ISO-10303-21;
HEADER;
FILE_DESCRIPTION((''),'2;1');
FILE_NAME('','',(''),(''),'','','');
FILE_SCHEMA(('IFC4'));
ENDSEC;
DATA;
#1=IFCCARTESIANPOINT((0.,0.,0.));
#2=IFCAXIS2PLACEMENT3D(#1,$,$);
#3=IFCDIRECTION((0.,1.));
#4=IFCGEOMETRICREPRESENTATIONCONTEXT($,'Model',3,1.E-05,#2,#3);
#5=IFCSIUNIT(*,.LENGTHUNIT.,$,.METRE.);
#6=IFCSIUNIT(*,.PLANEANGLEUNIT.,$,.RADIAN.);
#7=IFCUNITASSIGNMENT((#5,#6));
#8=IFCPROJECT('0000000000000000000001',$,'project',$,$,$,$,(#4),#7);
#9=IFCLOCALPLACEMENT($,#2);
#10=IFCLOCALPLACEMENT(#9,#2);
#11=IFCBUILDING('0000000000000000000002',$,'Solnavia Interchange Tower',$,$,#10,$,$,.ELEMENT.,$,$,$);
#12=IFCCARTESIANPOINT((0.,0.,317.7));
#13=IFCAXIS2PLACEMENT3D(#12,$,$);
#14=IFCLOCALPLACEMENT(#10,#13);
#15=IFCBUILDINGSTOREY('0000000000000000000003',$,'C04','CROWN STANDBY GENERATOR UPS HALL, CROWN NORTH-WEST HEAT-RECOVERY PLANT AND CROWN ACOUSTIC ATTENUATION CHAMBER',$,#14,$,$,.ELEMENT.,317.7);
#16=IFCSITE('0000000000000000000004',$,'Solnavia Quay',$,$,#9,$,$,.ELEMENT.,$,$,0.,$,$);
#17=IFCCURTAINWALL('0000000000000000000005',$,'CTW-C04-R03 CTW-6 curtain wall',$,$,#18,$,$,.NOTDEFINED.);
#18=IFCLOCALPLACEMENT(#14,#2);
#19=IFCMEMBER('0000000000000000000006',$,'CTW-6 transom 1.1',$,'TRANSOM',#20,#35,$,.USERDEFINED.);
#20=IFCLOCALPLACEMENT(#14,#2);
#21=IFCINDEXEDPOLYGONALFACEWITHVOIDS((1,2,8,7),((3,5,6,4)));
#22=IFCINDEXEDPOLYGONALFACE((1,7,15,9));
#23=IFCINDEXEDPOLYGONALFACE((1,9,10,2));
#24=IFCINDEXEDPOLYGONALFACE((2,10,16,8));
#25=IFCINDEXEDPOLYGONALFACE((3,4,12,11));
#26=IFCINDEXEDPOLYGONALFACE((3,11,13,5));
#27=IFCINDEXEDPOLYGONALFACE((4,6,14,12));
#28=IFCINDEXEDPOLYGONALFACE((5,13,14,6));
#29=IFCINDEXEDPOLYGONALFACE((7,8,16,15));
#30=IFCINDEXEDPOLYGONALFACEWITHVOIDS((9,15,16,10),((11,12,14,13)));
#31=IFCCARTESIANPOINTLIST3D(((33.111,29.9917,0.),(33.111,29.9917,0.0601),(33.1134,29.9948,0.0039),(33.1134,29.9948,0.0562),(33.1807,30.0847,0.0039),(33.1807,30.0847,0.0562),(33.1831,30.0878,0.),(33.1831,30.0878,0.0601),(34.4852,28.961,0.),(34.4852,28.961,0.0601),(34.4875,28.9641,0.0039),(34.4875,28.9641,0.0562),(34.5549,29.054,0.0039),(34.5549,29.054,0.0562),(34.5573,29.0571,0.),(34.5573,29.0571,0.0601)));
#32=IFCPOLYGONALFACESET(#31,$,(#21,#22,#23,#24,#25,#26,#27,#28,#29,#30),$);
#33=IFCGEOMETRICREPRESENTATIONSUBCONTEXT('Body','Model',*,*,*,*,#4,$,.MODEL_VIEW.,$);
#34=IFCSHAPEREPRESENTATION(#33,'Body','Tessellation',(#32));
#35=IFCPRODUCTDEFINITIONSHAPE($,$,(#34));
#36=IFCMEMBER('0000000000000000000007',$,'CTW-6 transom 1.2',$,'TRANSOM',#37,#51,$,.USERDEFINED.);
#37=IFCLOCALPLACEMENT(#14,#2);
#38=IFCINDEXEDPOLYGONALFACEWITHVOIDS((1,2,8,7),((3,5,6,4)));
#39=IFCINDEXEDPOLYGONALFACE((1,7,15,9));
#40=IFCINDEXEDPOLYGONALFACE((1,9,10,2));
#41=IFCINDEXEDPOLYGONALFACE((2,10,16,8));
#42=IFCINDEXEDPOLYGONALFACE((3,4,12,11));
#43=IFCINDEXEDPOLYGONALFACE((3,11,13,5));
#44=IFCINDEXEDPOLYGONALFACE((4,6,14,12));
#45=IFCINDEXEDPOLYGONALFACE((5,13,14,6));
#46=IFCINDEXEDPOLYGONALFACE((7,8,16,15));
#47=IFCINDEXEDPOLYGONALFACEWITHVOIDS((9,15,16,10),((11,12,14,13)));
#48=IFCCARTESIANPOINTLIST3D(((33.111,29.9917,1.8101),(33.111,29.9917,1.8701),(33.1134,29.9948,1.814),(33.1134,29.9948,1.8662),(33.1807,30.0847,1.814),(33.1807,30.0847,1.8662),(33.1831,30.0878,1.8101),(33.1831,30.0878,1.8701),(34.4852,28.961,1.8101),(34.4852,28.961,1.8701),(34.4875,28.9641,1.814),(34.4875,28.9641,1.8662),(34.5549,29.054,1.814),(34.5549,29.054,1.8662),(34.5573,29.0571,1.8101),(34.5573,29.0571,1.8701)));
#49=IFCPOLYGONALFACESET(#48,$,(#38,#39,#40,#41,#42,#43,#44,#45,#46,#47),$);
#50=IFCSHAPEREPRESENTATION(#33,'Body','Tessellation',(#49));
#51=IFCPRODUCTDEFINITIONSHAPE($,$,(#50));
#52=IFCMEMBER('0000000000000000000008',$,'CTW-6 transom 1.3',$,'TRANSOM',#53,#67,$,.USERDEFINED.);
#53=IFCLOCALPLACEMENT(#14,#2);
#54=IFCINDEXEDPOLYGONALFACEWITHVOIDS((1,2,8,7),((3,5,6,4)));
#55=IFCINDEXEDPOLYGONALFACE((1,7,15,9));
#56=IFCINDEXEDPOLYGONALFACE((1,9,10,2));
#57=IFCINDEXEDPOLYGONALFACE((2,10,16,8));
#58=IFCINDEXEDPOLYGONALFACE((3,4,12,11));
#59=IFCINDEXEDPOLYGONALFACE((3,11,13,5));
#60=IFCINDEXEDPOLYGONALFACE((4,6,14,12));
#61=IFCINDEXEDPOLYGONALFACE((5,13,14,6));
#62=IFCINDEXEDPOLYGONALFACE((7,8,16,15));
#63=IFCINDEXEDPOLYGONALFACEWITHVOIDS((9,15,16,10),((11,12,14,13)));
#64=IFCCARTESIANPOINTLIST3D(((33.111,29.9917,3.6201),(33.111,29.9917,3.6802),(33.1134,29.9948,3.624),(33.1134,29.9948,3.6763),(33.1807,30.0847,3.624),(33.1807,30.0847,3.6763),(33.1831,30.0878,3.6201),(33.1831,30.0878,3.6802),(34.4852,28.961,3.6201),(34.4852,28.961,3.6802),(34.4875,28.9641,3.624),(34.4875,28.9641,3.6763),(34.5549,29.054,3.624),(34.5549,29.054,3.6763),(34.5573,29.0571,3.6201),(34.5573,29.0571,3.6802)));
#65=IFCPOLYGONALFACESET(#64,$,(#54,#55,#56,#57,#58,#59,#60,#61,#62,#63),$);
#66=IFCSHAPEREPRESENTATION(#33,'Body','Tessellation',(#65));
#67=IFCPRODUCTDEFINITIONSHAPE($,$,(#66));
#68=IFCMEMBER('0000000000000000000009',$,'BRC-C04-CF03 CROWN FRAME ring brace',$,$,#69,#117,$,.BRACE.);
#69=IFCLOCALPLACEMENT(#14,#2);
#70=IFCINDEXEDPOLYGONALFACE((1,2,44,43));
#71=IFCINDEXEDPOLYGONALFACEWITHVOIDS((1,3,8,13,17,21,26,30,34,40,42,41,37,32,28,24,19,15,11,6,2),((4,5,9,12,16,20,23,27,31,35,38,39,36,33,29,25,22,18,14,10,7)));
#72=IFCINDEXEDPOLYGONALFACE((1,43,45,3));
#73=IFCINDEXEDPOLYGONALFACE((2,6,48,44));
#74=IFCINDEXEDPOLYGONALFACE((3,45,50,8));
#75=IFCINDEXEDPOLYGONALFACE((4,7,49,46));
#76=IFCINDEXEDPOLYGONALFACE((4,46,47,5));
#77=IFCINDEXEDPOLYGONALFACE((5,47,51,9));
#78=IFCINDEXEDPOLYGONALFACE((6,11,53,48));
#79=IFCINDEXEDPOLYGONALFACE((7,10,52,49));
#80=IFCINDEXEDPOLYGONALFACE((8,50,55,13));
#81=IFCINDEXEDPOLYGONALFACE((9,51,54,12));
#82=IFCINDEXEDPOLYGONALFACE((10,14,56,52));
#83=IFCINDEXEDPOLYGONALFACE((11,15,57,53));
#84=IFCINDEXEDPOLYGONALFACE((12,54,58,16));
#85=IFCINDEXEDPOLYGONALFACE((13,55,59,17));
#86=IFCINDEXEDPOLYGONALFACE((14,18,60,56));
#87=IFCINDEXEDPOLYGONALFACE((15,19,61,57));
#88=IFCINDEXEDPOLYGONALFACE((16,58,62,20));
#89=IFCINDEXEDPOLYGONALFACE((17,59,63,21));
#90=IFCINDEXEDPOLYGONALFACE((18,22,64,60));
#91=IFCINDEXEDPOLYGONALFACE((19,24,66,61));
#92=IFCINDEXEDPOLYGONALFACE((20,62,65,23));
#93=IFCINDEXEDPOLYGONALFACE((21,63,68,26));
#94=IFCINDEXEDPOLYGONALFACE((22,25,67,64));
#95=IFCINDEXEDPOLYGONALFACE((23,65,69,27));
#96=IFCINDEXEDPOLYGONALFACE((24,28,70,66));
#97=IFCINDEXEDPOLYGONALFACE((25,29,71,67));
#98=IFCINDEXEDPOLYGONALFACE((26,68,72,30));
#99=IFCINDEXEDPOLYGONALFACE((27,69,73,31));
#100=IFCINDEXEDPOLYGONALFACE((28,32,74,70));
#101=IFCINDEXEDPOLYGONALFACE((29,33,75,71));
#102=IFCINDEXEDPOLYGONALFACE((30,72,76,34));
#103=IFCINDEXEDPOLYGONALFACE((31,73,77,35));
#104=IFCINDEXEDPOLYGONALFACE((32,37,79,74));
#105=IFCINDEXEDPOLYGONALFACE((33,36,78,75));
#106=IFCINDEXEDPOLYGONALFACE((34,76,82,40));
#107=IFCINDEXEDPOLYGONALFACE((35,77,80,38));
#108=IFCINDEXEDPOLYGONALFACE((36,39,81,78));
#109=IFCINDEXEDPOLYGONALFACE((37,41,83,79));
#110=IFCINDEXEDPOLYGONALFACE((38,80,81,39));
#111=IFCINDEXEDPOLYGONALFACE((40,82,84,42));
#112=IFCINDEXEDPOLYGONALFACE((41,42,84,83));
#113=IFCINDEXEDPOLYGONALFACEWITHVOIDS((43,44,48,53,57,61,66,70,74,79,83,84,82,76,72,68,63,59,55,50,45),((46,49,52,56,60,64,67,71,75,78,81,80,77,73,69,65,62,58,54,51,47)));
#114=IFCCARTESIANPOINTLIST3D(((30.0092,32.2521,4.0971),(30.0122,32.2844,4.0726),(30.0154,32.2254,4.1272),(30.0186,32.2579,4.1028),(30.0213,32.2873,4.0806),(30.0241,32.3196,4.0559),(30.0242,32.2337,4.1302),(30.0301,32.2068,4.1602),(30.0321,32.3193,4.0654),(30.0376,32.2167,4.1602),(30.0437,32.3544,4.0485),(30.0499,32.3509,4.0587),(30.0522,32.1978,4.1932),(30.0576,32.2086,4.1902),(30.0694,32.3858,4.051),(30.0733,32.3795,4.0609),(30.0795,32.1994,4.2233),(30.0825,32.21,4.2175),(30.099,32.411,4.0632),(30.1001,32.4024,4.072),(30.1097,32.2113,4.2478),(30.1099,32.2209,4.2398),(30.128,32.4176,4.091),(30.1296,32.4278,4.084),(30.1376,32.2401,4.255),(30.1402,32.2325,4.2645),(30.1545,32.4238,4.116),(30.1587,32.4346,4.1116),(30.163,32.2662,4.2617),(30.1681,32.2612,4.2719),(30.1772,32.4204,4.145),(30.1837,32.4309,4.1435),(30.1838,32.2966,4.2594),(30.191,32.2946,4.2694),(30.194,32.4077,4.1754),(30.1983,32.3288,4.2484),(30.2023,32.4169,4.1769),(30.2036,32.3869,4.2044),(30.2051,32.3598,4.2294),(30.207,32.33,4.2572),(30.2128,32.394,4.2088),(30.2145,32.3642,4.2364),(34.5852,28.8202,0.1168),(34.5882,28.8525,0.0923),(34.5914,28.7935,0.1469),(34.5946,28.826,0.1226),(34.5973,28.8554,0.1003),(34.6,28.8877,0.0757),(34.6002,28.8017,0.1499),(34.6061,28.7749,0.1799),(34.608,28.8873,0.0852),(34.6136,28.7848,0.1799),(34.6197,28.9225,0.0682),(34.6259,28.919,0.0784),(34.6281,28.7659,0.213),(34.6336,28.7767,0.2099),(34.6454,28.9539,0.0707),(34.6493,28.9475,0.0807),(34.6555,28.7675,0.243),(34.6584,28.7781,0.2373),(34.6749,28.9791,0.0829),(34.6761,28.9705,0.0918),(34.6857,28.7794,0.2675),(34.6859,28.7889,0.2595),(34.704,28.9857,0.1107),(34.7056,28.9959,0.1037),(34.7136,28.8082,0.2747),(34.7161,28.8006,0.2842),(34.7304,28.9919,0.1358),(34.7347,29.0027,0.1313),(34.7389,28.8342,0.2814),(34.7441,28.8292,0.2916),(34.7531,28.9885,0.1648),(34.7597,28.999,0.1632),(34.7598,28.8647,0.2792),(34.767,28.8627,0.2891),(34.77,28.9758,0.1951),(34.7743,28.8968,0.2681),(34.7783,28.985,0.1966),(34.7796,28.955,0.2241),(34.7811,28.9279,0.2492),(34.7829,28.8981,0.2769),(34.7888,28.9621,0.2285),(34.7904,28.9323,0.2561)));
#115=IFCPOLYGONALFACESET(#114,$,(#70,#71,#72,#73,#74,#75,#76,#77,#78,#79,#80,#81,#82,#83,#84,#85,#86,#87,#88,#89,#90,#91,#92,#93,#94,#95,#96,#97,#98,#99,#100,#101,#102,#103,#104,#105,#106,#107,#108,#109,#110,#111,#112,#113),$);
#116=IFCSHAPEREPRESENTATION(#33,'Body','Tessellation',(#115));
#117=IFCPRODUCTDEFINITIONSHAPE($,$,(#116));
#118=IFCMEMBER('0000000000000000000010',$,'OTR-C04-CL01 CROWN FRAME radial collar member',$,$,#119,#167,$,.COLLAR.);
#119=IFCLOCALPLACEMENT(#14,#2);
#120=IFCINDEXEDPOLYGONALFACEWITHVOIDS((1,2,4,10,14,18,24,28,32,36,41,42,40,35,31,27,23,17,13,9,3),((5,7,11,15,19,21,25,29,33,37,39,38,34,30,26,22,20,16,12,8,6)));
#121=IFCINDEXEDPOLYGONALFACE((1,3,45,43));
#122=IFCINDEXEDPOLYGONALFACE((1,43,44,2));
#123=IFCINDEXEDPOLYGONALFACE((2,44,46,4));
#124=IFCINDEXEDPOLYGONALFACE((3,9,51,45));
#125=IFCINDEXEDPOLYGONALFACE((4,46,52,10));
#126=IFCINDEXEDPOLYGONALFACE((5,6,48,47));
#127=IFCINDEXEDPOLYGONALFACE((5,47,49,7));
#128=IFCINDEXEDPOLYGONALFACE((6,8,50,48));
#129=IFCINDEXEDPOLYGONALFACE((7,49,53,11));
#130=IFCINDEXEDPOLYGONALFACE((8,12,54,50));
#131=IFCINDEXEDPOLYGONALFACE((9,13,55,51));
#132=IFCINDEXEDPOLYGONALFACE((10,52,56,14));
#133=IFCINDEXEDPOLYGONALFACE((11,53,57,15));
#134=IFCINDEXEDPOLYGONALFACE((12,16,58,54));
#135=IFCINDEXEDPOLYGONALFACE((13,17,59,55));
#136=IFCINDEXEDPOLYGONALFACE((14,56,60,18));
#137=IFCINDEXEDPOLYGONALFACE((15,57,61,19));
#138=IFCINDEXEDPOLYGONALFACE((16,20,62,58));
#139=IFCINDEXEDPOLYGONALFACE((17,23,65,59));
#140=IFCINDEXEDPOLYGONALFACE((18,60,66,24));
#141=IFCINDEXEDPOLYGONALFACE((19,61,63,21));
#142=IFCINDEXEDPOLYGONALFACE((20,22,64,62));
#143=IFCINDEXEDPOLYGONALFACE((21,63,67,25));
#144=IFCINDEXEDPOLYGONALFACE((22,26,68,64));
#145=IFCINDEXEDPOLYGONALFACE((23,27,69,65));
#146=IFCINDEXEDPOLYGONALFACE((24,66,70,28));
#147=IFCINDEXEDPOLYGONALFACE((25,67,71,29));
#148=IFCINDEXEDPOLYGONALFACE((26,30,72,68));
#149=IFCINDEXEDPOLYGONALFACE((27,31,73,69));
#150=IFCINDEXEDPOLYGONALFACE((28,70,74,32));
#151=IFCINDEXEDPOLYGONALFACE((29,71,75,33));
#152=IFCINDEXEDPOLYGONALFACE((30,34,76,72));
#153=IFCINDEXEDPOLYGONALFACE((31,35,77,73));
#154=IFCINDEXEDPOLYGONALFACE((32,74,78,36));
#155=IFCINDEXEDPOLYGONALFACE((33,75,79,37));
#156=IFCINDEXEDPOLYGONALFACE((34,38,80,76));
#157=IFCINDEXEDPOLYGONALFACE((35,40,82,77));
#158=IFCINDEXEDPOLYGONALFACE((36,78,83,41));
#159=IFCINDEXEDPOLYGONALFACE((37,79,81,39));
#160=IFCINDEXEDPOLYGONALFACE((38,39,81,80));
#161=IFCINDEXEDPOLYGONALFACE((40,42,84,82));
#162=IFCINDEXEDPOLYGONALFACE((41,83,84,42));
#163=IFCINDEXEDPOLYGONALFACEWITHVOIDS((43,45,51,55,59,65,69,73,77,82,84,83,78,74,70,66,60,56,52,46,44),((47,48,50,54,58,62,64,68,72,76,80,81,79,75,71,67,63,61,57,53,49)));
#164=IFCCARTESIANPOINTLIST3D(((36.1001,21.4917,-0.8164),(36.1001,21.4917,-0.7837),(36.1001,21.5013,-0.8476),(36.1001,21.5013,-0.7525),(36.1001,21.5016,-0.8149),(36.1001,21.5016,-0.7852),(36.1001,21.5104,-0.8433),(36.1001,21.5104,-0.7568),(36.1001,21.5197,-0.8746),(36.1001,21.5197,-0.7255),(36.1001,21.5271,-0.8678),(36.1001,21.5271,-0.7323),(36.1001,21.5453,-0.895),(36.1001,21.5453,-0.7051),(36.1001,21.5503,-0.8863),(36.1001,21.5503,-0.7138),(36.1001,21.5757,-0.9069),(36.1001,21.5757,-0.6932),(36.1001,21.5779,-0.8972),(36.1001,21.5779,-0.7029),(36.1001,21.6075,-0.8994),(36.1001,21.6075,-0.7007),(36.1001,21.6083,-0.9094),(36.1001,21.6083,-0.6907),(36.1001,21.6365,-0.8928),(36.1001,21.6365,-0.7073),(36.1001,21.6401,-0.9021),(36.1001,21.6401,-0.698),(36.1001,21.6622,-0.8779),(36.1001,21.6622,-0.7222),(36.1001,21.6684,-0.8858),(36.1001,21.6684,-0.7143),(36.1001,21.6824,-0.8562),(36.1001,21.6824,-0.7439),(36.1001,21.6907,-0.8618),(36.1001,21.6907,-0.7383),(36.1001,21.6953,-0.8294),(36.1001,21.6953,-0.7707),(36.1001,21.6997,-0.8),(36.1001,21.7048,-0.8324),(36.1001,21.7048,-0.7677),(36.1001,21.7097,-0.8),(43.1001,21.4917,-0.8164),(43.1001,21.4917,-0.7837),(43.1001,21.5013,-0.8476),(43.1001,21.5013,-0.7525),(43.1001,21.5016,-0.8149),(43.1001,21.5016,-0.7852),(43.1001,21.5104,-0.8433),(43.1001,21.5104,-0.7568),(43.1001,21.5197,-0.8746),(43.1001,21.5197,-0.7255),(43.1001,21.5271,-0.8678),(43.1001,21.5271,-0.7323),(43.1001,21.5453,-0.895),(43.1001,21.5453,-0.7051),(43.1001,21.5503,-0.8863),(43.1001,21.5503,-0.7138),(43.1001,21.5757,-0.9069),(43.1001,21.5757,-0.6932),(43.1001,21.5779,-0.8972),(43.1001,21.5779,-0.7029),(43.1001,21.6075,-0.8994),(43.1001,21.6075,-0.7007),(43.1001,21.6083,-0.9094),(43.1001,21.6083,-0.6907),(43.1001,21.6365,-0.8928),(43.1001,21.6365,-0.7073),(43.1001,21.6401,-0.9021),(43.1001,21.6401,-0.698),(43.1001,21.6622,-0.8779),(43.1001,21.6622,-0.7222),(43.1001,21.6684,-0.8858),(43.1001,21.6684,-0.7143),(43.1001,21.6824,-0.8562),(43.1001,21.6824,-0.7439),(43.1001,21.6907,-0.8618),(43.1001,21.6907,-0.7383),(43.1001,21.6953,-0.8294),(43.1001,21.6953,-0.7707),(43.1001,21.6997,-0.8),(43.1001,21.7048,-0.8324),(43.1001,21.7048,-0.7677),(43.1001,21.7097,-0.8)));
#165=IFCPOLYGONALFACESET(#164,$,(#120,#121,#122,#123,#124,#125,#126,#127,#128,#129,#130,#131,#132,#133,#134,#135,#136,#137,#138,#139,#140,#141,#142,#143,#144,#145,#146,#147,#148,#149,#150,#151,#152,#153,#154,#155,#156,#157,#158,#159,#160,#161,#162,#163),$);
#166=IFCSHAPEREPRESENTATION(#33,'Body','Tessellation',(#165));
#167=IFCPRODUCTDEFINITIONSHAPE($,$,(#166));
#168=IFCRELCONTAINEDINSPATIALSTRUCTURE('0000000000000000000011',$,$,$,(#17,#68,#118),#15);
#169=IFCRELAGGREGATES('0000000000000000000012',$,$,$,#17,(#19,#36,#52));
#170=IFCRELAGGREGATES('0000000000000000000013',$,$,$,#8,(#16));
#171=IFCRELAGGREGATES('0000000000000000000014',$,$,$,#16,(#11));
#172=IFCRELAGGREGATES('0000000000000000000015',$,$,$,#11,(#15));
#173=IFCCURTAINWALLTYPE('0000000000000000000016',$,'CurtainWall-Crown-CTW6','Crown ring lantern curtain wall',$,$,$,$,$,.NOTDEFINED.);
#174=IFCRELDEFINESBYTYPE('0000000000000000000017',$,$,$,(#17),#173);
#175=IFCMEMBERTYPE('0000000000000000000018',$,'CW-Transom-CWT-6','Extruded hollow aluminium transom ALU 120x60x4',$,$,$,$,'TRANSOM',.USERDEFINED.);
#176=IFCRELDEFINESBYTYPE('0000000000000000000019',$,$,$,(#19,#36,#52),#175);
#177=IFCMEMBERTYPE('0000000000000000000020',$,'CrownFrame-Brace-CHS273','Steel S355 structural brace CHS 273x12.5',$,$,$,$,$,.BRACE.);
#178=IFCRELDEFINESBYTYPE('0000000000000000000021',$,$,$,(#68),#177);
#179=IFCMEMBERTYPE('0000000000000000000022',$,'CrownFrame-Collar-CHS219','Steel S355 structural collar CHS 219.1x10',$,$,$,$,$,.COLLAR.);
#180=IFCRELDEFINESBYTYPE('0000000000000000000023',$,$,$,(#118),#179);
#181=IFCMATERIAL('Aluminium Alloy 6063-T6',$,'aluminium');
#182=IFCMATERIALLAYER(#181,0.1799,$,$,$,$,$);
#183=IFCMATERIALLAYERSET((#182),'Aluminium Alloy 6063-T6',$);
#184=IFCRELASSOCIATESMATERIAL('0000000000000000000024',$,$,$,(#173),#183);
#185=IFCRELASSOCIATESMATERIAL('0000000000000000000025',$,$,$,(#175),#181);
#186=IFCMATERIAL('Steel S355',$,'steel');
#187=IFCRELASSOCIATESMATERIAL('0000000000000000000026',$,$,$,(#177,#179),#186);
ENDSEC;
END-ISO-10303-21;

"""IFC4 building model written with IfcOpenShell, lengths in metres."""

from ifc_helpers import new_model, si_unit, direction, frame, origin, origin_2d, place, context, subcontext, project, spatial, hollow_rectangle, hollow_circle, extrude, material, layer, layer_set, material_profile, profile_set, type_object, element, aggregate, save


model = new_model("IFC4")

# Units and contexts
model_context = context("Model", 3, precision=1e-05, world=origin(), true_north=direction((0.0, 1.0)))
body_context = subcontext(model_context, "Body", "Model", "MODEL_VIEW")
ifc_project = project(units=[si_unit("LENGTHUNIT", "METRE"), si_unit("PLANEANGLEUNIT", "RADIAN")], contexts=[model_context])

# Site, building, storey
site_placement = place(None, origin())
site = spatial("IfcSite", under=ifc_project, at=site_placement, Name="Solnavia Quay", CompositionType="ELEMENT", RefElevation=0.0)
building_placement = place(site_placement, origin())
building = spatial("IfcBuilding", under=site, at=building_placement, Name="Solnavia Interchange Tower", CompositionType="ELEMENT")
storey_placement = place(building_placement, frame((0.0, 0.0, 317.7)))
storey = spatial("IfcBuildingStorey", under=building, at=storey_placement, Name="C04", Description="CROWN STANDBY GENERATOR UPS HALL, CROWN NORTH-WEST HEAT-RECOVERY PLANT AND CROWN ACOUSTIC ATTENUATION CHAMBER", CompositionType="ELEMENT", Elevation=317.7)

# Shared definitions
ifc_material_1 = material(Name="Aluminium Alloy 6063-T6", Category="aluminium")
ifc_layer_1 = layer(ifc_material_1, 0.1799)
ifc_layer_set_1 = layer_set([ifc_layer_1], Name="Aluminium Alloy 6063-T6")
curtain_wall_type = type_object("IfcCurtainWallType", Name="CurtainWall-Crown-CTW6", Description="Crown ring lantern curtain wall", PredefinedType="NOTDEFINED", material=ifc_layer_set_1)

# Curtain wall, members
curtain_wall_1_placement = place(storey_placement, origin())
curtain_wall_1 = element("IfcCurtainWall", 1, at=curtain_wall_1_placement, inside=storey, type_object=curtain_wall_type, Name="CTW-C04-R03 CTW-6 curtain wall", PredefinedType="NOTDEFINED")
ifc_material_profile_1 = material_profile(ifc_material_1, hollow_rectangle(XDim=0.0601, YDim=0.1201, WallThickness=0.0039, at=origin_2d()), Name="ALU 120x60x4")
ifc_profile_set_1 = profile_set([ifc_material_profile_1], Name="Aluminium Alloy 6063-T6")
member_type_1 = type_object("IfcMemberType", Name="CW-Transom-CWT-6", Description="Extruded hollow aluminium transom ALU 120x60x4", ElementType="TRANSOM", PredefinedType="USERDEFINED", material=ifc_profile_set_1)
member_1_placement = place(storey_placement, frame((34.5212, 29.009, 0.03), z_axis=(-0.799983, 0.600023, 0.0), x_axis=(0.0, 0.0, 1.0)))
member_1 = element("IfcMember", 2, at=member_1_placement, type_object=member_type_1, Name="CTW-6 transom 1.1", ObjectType="TRANSOM", PredefinedType="USERDEFINED", context=body_context, shape_type="SweptSolid", body=[
    extrude(hollow_rectangle(XDim=0.0601, YDim=0.1201, WallThickness=0.0039, at=origin_2d()), origin(), (0.0, 0.0, 1.0), 1.7178),
])
member_2_placement = place(storey_placement, frame((34.5212, 29.009, 1.8401), z_axis=(-0.799983, 0.600023, 0.0), x_axis=(0.0, 0.0, 1.0)))
member_2 = element("IfcMember", 3, at=member_2_placement, type_object=member_type_1, Name="CTW-6 transom 1.2", ObjectType="TRANSOM", PredefinedType="USERDEFINED", context=body_context, shape_type="SweptSolid", body=[
    extrude(hollow_rectangle(XDim=0.0601, YDim=0.1201, WallThickness=0.0039, at=origin_2d()), origin(), (0.0, 0.0, 1.0), 1.7178),
])
member_3_placement = place(storey_placement, frame((34.5212, 29.009, 3.6501), z_axis=(-0.799983, 0.600023, 0.0), x_axis=(0.0, 0.0, 1.0)))
member_3 = element("IfcMember", 4, at=member_3_placement, type_object=member_type_1, Name="CTW-6 transom 1.3", ObjectType="TRANSOM", PredefinedType="USERDEFINED", context=body_context, shape_type="SweptSolid", body=[
    extrude(hollow_rectangle(XDim=0.0601, YDim=0.1201, WallThickness=0.0039, at=origin_2d()), origin(), (0.0, 0.0, 1.0), 1.7178),
])
aggregate(curtain_wall_1, [member_1, member_2, member_3])

# Members
ifc_material_2 = material(Name="Steel S355", Category="steel")
ifc_material_profile_2 = material_profile(ifc_material_2, hollow_circle(Radius=0.1365, WallThickness=0.0125, at=origin_2d()), Name="CHS 273x12.5")
ifc_profile_set_2 = profile_set([ifc_material_profile_2], Name="Steel S355")
member_type_2 = type_object("IfcMemberType", Name="CrownFrame-Brace-CHS273", Description="Steel S355 structural brace CHS 273x12.5", PredefinedType="BRACE", material=ifc_profile_set_2)
member_4_placement = place(storey_placement, frame((34.688, 28.884, 0.1799), z_axis=(-0.656665, 0.49249, 0.571179), x_axis=(-0.599993, -0.800005, 0.0)))
element("IfcMember", 5, at=member_4_placement, inside=storey, type_object=member_type_2, Name="BRC-C04-CF03 CROWN FRAME ring brace", PredefinedType="BRACE", context=body_context, shape_type="SweptSolid", body=[
    extrude(hollow_circle(Radius=0.1365, WallThickness=0.0125, at=origin_2d()), origin(), (0.0, 0.0, 1.0), 6.9685),
])
ifc_material_profile_3 = material_profile(ifc_material_2, hollow_circle(Radius=0.1096, WallThickness=0.01, at=origin_2d()), Name="CHS 219.1x10")
ifc_profile_set_3 = profile_set([ifc_material_profile_3], Name="Steel S355")
member_type_3 = type_object("IfcMemberType", Name="CrownFrame-Collar-CHS219", Description="Steel S355 structural collar CHS 219.1x10", PredefinedType="COLLAR", material=ifc_profile_set_3)
member_5_placement = place(storey_placement, frame((36.1001, 21.6001, -0.8), z_axis=(1.0, 0.0, 0.0), x_axis=(0.0, 1.0, 0.0)))
element("IfcMember", 6, at=member_5_placement, inside=storey, type_object=member_type_3, Name="OTR-C04-CL01 CROWN FRAME radial collar member", PredefinedType="COLLAR", context=body_context, shape_type="SweptSolid", body=[
    extrude(hollow_circle(Radius=0.1096, WallThickness=0.01, at=origin_2d()), origin(), (0.0, 0.0, 1.0), 7.0),
])

save(model, "model.ifc")
